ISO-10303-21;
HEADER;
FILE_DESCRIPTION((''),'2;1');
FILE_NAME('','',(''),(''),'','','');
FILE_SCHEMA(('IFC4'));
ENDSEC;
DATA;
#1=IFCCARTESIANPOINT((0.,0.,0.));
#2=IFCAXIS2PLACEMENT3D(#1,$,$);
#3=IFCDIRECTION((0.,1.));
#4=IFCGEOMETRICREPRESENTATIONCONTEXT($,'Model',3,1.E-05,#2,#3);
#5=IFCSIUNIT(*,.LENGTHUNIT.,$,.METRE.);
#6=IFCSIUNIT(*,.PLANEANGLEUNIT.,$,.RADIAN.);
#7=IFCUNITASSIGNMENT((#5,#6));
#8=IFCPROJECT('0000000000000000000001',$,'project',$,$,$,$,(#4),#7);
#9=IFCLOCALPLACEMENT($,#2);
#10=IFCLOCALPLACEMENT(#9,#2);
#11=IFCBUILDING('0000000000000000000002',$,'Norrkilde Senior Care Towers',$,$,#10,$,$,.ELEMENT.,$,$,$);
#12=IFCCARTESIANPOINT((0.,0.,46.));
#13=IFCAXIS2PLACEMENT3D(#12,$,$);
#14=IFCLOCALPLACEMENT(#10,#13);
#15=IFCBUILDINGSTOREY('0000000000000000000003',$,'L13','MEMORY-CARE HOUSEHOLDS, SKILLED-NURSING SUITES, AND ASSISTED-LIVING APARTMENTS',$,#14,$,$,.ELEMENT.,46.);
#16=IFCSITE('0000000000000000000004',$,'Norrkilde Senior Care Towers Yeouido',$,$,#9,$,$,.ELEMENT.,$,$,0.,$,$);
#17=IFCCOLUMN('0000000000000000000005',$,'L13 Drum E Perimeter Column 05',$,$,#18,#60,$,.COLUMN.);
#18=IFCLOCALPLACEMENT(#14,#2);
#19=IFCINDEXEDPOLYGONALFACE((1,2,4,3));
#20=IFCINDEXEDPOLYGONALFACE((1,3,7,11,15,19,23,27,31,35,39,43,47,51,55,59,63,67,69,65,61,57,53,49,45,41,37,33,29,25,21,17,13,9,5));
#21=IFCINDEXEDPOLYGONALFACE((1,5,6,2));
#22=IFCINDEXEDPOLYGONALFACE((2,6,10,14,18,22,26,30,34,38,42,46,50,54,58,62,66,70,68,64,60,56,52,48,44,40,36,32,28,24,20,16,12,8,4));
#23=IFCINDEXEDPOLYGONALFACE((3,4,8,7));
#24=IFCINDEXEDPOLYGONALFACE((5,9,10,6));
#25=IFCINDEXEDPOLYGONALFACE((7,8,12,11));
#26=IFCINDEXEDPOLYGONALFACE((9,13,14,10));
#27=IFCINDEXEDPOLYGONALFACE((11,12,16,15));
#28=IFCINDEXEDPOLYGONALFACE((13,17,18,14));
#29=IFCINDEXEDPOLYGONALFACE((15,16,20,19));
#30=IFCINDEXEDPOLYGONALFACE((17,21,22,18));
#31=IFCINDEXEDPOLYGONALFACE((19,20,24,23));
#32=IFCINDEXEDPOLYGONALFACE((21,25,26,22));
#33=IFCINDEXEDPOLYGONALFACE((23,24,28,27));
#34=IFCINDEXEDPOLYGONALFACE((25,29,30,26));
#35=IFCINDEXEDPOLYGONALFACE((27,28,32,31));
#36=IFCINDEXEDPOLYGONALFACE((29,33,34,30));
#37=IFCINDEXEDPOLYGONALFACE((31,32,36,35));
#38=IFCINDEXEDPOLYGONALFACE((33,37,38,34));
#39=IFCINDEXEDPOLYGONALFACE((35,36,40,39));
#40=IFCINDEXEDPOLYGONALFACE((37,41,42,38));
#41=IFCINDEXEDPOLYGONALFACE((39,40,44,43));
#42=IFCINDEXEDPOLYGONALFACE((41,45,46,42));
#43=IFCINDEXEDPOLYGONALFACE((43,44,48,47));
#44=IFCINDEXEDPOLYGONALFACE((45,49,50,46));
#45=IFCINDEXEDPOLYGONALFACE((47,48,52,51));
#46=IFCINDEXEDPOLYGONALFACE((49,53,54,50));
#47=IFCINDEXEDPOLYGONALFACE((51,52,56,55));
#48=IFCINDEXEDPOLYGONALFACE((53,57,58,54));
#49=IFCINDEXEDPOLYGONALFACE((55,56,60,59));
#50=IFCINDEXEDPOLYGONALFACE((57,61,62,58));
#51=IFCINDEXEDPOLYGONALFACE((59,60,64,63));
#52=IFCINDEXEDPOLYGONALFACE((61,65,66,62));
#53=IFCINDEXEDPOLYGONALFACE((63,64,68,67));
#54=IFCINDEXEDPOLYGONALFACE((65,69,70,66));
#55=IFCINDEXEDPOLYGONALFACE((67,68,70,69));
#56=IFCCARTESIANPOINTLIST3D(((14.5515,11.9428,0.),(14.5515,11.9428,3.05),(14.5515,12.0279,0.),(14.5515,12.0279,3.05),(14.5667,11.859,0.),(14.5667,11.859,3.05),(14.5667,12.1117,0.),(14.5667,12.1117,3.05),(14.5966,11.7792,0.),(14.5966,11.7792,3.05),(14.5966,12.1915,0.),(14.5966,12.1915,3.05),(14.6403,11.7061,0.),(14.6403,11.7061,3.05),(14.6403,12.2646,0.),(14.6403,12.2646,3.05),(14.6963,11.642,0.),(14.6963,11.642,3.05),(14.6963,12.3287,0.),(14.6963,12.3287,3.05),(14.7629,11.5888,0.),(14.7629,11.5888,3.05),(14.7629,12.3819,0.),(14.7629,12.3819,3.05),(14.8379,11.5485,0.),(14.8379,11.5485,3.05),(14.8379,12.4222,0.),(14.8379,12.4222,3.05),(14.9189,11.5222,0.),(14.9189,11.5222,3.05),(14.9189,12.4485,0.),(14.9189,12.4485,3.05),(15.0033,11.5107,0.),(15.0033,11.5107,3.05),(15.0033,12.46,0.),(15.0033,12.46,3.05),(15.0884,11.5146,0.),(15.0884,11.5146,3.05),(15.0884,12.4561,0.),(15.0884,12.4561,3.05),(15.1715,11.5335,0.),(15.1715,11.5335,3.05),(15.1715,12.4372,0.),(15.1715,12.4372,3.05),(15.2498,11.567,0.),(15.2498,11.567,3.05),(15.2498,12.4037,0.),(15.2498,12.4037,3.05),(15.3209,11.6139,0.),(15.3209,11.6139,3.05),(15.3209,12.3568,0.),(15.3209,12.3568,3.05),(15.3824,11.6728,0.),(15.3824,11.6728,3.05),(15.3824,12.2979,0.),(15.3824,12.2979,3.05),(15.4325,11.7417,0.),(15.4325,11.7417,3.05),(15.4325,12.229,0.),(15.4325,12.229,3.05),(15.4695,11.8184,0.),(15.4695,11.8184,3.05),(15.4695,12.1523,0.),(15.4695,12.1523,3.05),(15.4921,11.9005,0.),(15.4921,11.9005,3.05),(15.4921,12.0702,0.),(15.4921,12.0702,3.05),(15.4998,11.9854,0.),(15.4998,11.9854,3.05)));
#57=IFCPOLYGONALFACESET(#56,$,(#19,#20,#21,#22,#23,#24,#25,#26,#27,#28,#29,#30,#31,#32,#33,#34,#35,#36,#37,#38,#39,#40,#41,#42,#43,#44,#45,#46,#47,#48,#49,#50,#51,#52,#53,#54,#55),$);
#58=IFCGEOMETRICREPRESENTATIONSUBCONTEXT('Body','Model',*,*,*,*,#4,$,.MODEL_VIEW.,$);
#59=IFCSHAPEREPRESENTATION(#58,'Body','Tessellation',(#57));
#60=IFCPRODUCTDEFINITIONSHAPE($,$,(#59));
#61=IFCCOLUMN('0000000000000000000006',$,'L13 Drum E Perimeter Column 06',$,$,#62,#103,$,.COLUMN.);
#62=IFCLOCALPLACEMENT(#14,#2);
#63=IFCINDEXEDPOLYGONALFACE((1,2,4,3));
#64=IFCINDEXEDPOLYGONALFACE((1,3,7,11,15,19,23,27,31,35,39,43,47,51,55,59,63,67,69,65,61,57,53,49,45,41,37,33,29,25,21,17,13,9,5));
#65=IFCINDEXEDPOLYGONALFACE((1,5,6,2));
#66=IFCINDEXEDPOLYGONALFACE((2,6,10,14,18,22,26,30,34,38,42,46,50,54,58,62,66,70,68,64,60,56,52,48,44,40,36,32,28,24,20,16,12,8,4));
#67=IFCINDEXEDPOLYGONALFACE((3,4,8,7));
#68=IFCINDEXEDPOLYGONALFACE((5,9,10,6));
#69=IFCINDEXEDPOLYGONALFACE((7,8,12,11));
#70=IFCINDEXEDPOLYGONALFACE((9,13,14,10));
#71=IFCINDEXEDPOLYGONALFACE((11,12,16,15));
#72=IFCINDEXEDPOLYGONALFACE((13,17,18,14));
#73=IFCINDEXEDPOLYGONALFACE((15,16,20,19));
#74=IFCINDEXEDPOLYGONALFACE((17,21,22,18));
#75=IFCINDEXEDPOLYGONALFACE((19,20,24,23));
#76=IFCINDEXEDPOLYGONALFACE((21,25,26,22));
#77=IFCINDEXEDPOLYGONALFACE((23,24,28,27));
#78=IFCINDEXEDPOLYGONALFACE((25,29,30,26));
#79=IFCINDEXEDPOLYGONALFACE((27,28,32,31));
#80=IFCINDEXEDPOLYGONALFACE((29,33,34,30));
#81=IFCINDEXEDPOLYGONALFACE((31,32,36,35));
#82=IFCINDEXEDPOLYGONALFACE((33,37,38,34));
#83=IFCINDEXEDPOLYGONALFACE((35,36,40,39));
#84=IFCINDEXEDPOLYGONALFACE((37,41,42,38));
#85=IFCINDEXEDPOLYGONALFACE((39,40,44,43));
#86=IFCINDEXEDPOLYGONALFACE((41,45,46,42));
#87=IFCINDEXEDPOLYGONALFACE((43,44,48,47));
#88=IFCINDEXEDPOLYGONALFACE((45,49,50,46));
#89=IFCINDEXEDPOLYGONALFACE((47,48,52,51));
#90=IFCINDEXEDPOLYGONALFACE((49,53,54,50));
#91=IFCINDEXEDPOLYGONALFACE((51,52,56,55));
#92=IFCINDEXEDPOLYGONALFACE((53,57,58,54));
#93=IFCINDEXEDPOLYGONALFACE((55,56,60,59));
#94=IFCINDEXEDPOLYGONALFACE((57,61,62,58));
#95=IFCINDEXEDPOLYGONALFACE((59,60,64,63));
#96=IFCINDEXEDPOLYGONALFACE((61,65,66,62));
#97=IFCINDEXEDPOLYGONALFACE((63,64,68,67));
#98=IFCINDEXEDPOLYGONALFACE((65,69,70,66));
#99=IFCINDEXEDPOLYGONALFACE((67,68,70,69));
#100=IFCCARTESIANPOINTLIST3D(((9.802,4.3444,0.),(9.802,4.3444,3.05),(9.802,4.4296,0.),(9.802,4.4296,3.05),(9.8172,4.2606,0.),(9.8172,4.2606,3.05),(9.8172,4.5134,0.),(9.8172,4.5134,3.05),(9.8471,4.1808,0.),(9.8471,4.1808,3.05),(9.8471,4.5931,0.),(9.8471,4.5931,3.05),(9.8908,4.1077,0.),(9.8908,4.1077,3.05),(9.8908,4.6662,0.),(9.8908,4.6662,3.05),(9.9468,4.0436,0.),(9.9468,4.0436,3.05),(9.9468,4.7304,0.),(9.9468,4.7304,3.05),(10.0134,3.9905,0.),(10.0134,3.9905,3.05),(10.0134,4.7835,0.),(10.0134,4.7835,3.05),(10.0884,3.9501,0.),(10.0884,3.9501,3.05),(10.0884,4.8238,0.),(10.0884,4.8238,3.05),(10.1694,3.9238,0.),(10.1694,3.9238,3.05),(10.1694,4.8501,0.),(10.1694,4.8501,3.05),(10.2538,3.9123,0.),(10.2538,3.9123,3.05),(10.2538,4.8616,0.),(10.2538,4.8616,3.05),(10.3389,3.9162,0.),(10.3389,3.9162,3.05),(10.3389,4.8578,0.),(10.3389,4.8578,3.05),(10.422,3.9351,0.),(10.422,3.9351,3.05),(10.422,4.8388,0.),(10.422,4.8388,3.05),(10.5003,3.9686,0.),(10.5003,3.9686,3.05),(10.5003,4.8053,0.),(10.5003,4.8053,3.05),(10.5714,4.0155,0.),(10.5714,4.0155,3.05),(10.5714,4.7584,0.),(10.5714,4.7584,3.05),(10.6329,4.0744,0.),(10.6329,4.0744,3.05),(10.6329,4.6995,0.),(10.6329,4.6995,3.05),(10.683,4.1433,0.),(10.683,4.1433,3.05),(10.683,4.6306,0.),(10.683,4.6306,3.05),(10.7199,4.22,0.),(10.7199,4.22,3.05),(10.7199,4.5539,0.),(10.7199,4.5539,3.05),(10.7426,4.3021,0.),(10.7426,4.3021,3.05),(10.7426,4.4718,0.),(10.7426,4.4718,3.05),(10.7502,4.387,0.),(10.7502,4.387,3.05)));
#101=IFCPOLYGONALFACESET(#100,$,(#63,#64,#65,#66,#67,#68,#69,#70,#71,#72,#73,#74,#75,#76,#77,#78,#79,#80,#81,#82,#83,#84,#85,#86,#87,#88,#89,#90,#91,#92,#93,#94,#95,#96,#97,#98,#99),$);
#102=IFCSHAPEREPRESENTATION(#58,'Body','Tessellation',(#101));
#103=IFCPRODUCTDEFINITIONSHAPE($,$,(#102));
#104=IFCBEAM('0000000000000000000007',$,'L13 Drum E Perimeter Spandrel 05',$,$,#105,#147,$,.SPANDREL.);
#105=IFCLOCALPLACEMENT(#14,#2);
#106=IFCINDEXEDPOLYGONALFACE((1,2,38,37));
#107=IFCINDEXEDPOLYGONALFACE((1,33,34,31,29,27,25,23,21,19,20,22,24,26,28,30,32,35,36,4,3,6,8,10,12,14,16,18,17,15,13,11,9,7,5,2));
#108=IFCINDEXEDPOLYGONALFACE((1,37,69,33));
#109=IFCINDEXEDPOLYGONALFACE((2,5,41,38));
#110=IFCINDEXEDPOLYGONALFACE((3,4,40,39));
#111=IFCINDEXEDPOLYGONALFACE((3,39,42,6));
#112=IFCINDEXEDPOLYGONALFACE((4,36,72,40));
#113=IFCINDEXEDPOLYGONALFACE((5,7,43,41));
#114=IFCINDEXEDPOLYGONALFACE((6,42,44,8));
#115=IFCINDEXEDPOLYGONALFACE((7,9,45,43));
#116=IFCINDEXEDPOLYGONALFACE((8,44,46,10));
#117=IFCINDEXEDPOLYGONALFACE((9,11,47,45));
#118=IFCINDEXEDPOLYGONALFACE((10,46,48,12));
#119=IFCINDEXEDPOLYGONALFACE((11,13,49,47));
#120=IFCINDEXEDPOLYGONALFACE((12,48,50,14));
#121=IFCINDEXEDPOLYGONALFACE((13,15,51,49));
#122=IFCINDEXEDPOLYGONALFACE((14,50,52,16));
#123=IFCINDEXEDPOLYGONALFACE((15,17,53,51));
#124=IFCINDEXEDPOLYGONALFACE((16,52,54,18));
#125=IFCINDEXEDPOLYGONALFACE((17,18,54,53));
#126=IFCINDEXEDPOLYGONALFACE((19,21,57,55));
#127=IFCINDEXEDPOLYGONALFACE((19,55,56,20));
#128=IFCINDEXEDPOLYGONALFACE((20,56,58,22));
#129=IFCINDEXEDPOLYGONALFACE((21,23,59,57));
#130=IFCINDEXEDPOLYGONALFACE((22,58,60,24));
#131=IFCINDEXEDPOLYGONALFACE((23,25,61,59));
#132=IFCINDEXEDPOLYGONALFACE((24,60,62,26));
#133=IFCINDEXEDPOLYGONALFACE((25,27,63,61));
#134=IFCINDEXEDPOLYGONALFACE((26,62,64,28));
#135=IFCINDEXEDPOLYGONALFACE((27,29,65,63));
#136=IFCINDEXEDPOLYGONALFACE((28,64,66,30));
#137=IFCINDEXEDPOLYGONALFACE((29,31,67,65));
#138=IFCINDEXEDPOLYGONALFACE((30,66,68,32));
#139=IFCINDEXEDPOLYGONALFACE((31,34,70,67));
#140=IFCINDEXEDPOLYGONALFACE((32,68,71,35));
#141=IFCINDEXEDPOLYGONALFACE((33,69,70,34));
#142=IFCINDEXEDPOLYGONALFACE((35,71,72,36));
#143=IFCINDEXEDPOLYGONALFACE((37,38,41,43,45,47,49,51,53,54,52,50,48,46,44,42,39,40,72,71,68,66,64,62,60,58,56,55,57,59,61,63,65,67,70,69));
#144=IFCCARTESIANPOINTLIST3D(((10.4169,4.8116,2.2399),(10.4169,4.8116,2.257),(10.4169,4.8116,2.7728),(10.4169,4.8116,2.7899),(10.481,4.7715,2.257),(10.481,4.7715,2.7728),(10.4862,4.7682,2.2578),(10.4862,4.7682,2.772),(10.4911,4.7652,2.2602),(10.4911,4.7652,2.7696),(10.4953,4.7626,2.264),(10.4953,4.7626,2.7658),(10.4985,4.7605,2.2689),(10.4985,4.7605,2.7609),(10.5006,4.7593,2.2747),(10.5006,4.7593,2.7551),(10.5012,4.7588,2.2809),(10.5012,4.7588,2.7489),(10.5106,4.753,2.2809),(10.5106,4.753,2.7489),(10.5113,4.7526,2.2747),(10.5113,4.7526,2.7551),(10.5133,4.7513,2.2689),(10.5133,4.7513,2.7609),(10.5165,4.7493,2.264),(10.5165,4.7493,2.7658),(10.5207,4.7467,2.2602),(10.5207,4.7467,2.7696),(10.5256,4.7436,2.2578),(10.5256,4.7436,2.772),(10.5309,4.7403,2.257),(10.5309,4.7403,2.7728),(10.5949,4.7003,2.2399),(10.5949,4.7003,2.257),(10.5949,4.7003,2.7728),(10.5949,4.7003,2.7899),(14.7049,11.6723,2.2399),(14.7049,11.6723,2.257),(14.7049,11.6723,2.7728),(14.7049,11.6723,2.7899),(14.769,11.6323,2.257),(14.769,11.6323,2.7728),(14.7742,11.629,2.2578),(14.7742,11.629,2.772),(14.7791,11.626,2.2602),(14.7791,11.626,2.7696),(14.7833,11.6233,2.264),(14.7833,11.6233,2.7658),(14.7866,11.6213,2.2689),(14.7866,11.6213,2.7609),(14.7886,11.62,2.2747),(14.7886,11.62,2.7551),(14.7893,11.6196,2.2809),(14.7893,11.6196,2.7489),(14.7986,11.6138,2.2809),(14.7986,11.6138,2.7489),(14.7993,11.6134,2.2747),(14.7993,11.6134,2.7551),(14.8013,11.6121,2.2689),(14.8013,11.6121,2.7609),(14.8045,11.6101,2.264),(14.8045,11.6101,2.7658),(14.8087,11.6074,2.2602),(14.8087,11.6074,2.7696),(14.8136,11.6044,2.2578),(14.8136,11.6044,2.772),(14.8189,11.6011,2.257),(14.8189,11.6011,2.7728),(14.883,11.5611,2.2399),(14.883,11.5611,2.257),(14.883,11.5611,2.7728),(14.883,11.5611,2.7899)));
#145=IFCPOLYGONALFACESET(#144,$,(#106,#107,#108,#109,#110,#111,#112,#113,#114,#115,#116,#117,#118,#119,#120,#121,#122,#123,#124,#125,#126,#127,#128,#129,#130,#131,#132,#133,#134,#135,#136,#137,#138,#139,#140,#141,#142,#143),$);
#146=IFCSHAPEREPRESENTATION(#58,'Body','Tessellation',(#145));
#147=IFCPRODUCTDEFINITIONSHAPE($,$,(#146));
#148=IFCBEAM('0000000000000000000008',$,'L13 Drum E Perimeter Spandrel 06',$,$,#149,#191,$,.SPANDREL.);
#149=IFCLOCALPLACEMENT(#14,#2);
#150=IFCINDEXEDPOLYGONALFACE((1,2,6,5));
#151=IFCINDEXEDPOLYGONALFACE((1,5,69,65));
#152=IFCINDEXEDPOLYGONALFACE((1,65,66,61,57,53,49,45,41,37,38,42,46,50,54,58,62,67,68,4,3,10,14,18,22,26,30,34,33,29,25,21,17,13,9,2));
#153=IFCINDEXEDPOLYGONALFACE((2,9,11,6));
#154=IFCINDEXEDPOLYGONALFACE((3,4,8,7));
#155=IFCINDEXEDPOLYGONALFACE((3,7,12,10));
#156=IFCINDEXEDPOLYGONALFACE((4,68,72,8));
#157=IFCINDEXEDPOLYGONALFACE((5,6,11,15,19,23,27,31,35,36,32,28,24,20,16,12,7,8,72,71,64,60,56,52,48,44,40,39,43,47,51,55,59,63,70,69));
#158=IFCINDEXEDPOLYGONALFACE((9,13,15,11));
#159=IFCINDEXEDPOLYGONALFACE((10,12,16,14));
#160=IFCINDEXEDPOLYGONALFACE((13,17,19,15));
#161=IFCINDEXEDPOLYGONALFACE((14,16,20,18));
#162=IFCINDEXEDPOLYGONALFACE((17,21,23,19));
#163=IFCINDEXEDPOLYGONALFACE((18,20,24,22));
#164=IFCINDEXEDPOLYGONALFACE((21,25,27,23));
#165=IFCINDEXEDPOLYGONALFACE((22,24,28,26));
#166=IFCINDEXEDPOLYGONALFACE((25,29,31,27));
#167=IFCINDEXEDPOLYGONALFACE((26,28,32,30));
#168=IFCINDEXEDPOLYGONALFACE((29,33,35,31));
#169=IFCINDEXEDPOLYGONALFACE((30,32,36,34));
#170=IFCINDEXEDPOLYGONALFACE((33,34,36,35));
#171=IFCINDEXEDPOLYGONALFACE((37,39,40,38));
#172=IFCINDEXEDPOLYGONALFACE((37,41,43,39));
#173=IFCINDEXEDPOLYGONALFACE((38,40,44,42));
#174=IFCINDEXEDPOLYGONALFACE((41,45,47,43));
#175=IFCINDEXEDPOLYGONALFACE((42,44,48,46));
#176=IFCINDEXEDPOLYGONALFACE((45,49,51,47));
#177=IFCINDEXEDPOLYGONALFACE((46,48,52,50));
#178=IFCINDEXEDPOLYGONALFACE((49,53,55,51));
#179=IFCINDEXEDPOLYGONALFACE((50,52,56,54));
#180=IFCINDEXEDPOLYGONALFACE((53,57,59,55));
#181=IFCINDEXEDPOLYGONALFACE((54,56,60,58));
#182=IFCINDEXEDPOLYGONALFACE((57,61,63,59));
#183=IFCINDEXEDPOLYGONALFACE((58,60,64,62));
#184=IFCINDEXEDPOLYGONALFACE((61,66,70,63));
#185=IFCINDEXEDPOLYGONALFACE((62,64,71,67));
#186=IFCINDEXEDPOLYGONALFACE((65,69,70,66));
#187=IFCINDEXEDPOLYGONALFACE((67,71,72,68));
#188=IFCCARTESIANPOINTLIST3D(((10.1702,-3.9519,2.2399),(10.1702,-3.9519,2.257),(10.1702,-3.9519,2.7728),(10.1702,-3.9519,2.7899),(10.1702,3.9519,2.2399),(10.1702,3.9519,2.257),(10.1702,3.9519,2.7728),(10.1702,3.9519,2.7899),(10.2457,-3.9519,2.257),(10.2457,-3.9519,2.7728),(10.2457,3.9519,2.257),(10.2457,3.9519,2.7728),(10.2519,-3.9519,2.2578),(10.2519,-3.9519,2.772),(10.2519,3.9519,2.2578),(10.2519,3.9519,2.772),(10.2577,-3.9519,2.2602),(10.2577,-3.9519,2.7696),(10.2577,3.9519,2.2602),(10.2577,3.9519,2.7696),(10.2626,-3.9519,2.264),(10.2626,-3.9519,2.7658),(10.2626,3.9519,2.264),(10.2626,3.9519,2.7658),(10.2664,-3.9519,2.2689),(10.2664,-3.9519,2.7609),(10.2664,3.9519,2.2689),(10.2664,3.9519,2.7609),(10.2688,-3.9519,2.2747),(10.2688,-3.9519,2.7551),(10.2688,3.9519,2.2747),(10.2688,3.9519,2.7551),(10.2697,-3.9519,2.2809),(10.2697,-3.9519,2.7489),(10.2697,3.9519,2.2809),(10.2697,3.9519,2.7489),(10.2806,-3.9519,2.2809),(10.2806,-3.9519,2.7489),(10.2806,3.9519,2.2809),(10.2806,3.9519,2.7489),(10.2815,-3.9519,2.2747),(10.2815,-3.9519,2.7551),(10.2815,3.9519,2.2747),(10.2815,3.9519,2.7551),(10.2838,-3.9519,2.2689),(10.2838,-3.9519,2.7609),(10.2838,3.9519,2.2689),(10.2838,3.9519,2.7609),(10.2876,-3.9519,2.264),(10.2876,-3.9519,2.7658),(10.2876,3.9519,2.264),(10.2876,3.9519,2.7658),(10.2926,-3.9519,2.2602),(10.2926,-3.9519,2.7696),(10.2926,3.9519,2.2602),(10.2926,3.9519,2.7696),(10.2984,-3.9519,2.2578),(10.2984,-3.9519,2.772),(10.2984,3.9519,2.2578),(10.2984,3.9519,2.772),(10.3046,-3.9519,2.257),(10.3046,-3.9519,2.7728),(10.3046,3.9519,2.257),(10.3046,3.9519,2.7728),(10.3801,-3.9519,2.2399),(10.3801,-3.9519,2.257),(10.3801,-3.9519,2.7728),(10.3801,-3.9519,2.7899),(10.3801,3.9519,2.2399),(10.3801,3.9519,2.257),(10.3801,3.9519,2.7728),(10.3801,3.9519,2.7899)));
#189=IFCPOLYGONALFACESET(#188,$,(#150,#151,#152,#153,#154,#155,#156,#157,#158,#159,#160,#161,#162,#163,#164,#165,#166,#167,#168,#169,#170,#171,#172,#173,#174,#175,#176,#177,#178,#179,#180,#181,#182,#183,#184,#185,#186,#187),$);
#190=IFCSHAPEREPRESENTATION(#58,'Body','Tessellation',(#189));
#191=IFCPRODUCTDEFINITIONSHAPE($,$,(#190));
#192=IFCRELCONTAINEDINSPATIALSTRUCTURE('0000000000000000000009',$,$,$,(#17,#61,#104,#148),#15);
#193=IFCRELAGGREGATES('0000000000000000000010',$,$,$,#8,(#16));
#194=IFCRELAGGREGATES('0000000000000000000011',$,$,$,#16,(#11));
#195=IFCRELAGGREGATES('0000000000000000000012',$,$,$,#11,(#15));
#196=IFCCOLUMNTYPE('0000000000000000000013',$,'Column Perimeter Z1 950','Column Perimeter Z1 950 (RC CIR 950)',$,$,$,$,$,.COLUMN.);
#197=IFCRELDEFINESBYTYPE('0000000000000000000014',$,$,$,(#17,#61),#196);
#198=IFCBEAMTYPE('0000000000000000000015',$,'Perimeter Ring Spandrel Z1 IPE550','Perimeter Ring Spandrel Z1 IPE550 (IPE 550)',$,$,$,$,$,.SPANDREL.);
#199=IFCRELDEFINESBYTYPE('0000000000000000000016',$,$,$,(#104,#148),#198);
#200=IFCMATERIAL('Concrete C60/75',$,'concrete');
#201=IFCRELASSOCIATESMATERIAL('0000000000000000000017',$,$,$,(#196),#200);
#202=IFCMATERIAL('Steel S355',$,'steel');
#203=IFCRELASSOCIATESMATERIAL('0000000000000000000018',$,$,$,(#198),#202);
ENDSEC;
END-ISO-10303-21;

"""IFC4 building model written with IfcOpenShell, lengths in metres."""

from ifc_helpers import new_model, si_unit, direction, frame, origin, origin_2d, place, context, subcontext, project, spatial, circle, i_section, extrude, source, transform, mapped, material, material_profile, profile_set, type_object, type_shapes, element, save


model = new_model("IFC4")

# Units and contexts
model_context = context("Model", 3, precision=1e-05, world=origin(), true_north=direction((0.0, 1.0)))
body_context = subcontext(model_context, "Body", "Model", "MODEL_VIEW")
ifc_project = project(units=[si_unit("LENGTHUNIT", "METRE"), si_unit("PLANEANGLEUNIT", "RADIAN")], contexts=[model_context])

# Site, building, storey
site_placement = place(None, origin())
site = spatial("IfcSite", under=ifc_project, at=site_placement, Name="Norrkilde Senior Care Towers Yeouido", CompositionType="ELEMENT", RefElevation=0.0)
building_placement = place(site_placement, origin())
building = spatial("IfcBuilding", under=site, at=building_placement, Name="Norrkilde Senior Care Towers", CompositionType="ELEMENT")
storey_placement = place(building_placement, frame((0.0, 0.0, 46.0)))
storey = spatial("IfcBuildingStorey", under=building, at=storey_placement, Name="L13", Description="MEMORY-CARE HOUSEHOLDS, SKILLED-NURSING SUITES, AND ASSISTED-LIVING APARTMENTS", CompositionType="ELEMENT", Elevation=46.0)

# Columns
ifc_material_1 = material(Name="Concrete C60/75", Category="concrete")
ifc_material_profile_1 = material_profile(ifc_material_1, circle(Radius=0.4751, at=origin_2d()), Name="RC CIR 950")
ifc_profile_set_1 = profile_set([ifc_material_profile_1], Name="Concrete C60/75")
column_type = type_object("IfcColumnType", Name="Column Perimeter Z1 950", Description="Column Perimeter Z1 950 (RC CIR 950)", PredefinedType="COLUMN", material=ifc_profile_set_1)
shared_shape_1 = source(origin(), body_context, "Body", "SweptSolid", [
    extrude(circle(Radius=0.4751, at=origin_2d()), origin(), (0.0, 0.0, 1.0), 3.05),
])
type_shapes(column_type, [shared_shape_1])
for number, where, z_axis, x_axis, name in (
    (1, (15.0247, 11.9854, 0.0), (0.0, 0.0, 1.0), (1.0, 0.0, 0.0), "L13 Drum E Perimeter Column 05"),
    (2, (10.2751, 4.387, 0.0), (0.0, 0.0, 1.0), (1.0, 0.0, 0.0), "L13 Drum E Perimeter Column 06"),
):
    element("IfcColumn", number, at=place(storey_placement, frame(where, z_axis=z_axis, x_axis=x_axis)), inside=storey, type_object=column_type, Name=name, PredefinedType="COLUMN", context=body_context, shape_type="MappedRepresentation", body=[
        mapped(shared_shape_1, transform((0.0, 0.0, 0.0), x_axis=(1.0, 0.0, 0.0), y_axis=(0.0, 1.0, 0.0), z_axis=(0.0, 0.0, 1.0), scale=1.0)),
    ])

# Beams
ifc_material_2 = material(Name="Steel S355", Category="steel")
ifc_material_profile_2 = material_profile(ifc_material_2, i_section(OverallWidth=0.21, OverallDepth=0.55, WebThickness=0.011, FlangeThickness=0.0171, FilletRadius=0.0239, at=origin_2d()), Name="IPE 550")
ifc_profile_set_2 = profile_set([ifc_material_profile_2], Name="Steel S355")
beam_type = type_object("IfcBeamType", Name="Perimeter Ring Spandrel Z1 IPE550", Description="Perimeter Ring Spandrel Z1 IPE550 (IPE 550)", PredefinedType="SPANDREL", material=ifc_profile_set_2)
shared_shape_2 = source(origin(), body_context, "Body", "SweptSolid", [
    extrude(i_section(OverallWidth=0.21, OverallDepth=0.55, WebThickness=0.011, FlangeThickness=0.0171, FilletRadius=0.0239, at=origin_2d()), origin(), (0.0, 0.0, 1.0), 8.0906),
])
beam_1_placement = place(storey_placement, frame((14.7939, 11.6167, 2.5149), z_axis=(-0.530004, -0.847995, 0.0), x_axis=(0.847995, -0.530004, 0.0)))
element("IfcBeam", 3, at=beam_1_placement, inside=storey, type_object=beam_type, Name="L13 Drum E Perimeter Spandrel 05", PredefinedType="SPANDREL", context=body_context, shape_type="MappedRepresentation", body=[
    mapped(shared_shape_2, transform((0.0, 0.0, 0.0), x_axis=(1.0, 0.0, 0.0), y_axis=(0.0, 1.0, 0.0), z_axis=(0.0, 0.0, 1.0), scale=1.0)),
])
shared_shape_3 = source(origin(), body_context, "Body", "SweptSolid", [
    extrude(i_section(OverallWidth=0.21, OverallDepth=0.55, WebThickness=0.011, FlangeThickness=0.0171, FilletRadius=0.0239, at=origin_2d()), origin(), (0.0, 0.0, 1.0), 7.9038),
])
type_shapes(beam_type, [shared_shape_2, shared_shape_3])
beam_2_placement = place(storey_placement, frame((10.2751, 3.9519, 2.5149), z_axis=(0.0, -1.0, 0.0), x_axis=(1.0, 0.0, 0.0)))
element("IfcBeam", 4, at=beam_2_placement, inside=storey, type_object=beam_type, Name="L13 Drum E Perimeter Spandrel 06", PredefinedType="SPANDREL", context=body_context, shape_type="MappedRepresentation", body=[
    mapped(shared_shape_3, transform((0.0, 0.0, 0.0), x_axis=(1.0, 0.0, 0.0), y_axis=(0.0, 1.0, 0.0), z_axis=(0.0, 0.0, 1.0), scale=1.0)),
])

save(model, "model.ifc")
